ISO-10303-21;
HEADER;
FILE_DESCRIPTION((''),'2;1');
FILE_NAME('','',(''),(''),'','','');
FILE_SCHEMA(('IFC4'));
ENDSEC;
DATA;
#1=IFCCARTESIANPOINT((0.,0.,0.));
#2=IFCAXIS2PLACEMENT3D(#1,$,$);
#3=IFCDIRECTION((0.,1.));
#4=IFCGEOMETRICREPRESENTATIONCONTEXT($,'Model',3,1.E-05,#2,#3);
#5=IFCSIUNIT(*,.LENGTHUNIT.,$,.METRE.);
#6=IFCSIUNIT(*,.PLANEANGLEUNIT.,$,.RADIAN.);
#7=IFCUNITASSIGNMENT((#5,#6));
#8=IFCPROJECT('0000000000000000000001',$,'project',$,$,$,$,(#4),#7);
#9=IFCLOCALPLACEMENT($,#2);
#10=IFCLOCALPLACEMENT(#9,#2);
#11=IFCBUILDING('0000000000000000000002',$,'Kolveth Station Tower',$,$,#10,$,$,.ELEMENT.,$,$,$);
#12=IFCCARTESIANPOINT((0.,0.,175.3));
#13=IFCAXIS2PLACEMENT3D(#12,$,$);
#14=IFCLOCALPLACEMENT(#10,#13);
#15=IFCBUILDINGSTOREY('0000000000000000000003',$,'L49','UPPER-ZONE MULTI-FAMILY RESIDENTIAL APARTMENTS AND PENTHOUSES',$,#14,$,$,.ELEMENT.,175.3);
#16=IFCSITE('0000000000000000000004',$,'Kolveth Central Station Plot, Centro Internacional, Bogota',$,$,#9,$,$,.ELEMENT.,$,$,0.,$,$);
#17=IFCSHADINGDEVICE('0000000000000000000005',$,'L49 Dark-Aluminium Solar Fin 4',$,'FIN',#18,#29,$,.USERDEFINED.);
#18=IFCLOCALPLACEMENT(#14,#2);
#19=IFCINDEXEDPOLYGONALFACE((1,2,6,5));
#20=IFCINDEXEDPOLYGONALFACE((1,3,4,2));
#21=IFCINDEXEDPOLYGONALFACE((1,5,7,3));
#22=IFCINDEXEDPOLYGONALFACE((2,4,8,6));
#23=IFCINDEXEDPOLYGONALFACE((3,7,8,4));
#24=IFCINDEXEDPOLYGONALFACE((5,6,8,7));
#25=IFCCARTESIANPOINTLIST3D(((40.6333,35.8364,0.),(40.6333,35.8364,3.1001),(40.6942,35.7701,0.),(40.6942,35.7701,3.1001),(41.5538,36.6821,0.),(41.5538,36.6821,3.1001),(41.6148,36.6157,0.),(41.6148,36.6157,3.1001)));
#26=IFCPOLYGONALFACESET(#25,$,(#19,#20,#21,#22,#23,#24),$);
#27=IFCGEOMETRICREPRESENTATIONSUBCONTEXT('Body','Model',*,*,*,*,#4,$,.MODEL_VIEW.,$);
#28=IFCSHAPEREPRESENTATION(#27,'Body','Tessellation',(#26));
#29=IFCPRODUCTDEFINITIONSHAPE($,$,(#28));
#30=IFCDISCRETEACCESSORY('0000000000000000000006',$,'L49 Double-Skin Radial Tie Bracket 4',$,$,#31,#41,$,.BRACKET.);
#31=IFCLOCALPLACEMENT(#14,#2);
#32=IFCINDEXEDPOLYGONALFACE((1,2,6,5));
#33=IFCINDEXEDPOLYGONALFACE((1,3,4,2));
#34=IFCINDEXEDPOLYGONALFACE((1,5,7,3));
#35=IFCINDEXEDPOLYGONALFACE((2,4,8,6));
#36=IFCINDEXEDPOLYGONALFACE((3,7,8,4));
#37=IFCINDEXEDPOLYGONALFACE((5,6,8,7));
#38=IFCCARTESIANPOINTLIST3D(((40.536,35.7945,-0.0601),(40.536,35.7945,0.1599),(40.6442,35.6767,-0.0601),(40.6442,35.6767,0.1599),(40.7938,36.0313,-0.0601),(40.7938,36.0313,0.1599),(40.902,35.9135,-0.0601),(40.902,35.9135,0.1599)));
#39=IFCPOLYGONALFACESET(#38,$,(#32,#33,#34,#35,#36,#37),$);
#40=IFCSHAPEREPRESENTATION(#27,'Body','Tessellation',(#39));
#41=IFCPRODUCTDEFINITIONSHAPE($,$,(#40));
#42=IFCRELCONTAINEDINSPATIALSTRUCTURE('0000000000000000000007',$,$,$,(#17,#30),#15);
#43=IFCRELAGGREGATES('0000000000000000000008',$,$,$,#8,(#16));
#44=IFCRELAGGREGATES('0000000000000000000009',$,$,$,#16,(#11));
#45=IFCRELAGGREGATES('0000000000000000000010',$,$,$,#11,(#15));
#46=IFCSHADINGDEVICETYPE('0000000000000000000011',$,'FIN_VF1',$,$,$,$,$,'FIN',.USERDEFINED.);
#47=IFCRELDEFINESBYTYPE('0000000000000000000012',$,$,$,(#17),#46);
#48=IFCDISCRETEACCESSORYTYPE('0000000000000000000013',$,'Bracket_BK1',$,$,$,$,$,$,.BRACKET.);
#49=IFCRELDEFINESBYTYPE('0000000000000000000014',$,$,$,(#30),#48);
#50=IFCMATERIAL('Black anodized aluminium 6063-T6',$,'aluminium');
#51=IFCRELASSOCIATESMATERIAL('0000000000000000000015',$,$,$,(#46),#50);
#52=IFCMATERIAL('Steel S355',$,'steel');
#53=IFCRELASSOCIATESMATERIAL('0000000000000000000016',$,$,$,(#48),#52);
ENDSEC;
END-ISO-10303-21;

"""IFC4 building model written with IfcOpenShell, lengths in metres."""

from ifc_helpers import new_model, si_unit, direction, frame, origin, origin_2d, place, context, subcontext, project, spatial, rectangle, extrude, source, transform, mapped, material, type_object, element, save


model = new_model("IFC4")

# Units and contexts
model_context = context("Model", 3, precision=1e-05, world=origin(), true_north=direction((0.0, 1.0)))
body_context = subcontext(model_context, "Body", "Model", "MODEL_VIEW")
ifc_project = project(units=[si_unit("LENGTHUNIT", "METRE"), si_unit("PLANEANGLEUNIT", "RADIAN")], contexts=[model_context])

# Site, building, storey
site_placement = place(None, origin())
site = spatial("IfcSite", under=ifc_project, at=site_placement, Name="Kolveth Central Station Plot, Centro Internacional, Bogota", CompositionType="ELEMENT", RefElevation=0.0)
building_placement = place(site_placement, origin())
building = spatial("IfcBuilding", under=site, at=building_placement, Name="Kolveth Station Tower", CompositionType="ELEMENT")
storey_placement = place(building_placement, frame((0.0, 0.0, 175.3)))
storey = spatial("IfcBuildingStorey", under=building, at=storey_placement, Name="L49", Description="UPPER-ZONE MULTI-FAMILY RESIDENTIAL APARTMENTS AND PENTHOUSES", CompositionType="ELEMENT", Elevation=175.3)

# Shared definitions
ifc_material_1 = material(Name="Black anodized aluminium 6063-T6", Category="aluminium")

# Shading device
shading_device_type = type_object("IfcShadingDeviceType", Name="FIN_VF1", ElementType="FIN", PredefinedType="USERDEFINED", material=ifc_material_1)
shared_shape_1 = source(origin(), body_context, "Body", "SweptSolid", [
    extrude(rectangle(XDim=1.25, YDim=0.0901, at=origin_2d()), origin(), (0.0, 0.0, 1.0), 3.1001),
])
for number, where, z_axis, x_axis, name in (
    (1, (41.124, 36.2261, 0.0), (0.0, 0.0, 1.0), (0.736451, 0.67649, 0.0), "L49 Dark-Aluminium Solar Fin 4"),
):
    element("IfcShadingDevice", number, at=place(storey_placement, frame(where, z_axis=z_axis, x_axis=x_axis)), inside=storey, type_object=shading_device_type, Name=name, ObjectType="FIN", PredefinedType="USERDEFINED", context=body_context, shape_type="MappedRepresentation", body=[
        mapped(shared_shape_1, transform((0.0, 0.0, 0.0), x_axis=(1.0, 0.0, 0.0), y_axis=(0.0, 1.0, 0.0), z_axis=(0.0, 0.0, 1.0), scale=1.0)),
    ])

# Discrete accessory
ifc_material_2 = material(Name="Steel S355", Category="steel")
discrete_accessory_type = type_object("IfcDiscreteAccessoryType", Name="Bracket_BK1", PredefinedType="BRACKET", material=ifc_material_2)
shared_shape_2 = source(origin(), body_context, "Body", "SweptSolid", [
    extrude(rectangle(XDim=0.3501, YDim=0.1599, at=origin_2d()), origin(), (0.0, 0.0, 1.0), 0.22),
])
discrete_accessory_placement = place(storey_placement, frame((40.719, 35.854, -0.0601), z_axis=(0.0, 0.0, 1.0), x_axis=(0.736451, 0.67649, 0.0)))
element("IfcDiscreteAccessory", 2, at=discrete_accessory_placement, inside=storey, type_object=discrete_accessory_type, Name="L49 Double-Skin Radial Tie Bracket 4", PredefinedType="BRACKET", context=body_context, shape_type="MappedRepresentation", body=[
    mapped(shared_shape_2, transform((0.0, 0.0, 0.0), x_axis=(1.0, 0.0, 0.0), y_axis=(0.0, 1.0, 0.0), z_axis=(0.0, 0.0, 1.0), scale=1.0)),
])

save(model, "model.ifc")
